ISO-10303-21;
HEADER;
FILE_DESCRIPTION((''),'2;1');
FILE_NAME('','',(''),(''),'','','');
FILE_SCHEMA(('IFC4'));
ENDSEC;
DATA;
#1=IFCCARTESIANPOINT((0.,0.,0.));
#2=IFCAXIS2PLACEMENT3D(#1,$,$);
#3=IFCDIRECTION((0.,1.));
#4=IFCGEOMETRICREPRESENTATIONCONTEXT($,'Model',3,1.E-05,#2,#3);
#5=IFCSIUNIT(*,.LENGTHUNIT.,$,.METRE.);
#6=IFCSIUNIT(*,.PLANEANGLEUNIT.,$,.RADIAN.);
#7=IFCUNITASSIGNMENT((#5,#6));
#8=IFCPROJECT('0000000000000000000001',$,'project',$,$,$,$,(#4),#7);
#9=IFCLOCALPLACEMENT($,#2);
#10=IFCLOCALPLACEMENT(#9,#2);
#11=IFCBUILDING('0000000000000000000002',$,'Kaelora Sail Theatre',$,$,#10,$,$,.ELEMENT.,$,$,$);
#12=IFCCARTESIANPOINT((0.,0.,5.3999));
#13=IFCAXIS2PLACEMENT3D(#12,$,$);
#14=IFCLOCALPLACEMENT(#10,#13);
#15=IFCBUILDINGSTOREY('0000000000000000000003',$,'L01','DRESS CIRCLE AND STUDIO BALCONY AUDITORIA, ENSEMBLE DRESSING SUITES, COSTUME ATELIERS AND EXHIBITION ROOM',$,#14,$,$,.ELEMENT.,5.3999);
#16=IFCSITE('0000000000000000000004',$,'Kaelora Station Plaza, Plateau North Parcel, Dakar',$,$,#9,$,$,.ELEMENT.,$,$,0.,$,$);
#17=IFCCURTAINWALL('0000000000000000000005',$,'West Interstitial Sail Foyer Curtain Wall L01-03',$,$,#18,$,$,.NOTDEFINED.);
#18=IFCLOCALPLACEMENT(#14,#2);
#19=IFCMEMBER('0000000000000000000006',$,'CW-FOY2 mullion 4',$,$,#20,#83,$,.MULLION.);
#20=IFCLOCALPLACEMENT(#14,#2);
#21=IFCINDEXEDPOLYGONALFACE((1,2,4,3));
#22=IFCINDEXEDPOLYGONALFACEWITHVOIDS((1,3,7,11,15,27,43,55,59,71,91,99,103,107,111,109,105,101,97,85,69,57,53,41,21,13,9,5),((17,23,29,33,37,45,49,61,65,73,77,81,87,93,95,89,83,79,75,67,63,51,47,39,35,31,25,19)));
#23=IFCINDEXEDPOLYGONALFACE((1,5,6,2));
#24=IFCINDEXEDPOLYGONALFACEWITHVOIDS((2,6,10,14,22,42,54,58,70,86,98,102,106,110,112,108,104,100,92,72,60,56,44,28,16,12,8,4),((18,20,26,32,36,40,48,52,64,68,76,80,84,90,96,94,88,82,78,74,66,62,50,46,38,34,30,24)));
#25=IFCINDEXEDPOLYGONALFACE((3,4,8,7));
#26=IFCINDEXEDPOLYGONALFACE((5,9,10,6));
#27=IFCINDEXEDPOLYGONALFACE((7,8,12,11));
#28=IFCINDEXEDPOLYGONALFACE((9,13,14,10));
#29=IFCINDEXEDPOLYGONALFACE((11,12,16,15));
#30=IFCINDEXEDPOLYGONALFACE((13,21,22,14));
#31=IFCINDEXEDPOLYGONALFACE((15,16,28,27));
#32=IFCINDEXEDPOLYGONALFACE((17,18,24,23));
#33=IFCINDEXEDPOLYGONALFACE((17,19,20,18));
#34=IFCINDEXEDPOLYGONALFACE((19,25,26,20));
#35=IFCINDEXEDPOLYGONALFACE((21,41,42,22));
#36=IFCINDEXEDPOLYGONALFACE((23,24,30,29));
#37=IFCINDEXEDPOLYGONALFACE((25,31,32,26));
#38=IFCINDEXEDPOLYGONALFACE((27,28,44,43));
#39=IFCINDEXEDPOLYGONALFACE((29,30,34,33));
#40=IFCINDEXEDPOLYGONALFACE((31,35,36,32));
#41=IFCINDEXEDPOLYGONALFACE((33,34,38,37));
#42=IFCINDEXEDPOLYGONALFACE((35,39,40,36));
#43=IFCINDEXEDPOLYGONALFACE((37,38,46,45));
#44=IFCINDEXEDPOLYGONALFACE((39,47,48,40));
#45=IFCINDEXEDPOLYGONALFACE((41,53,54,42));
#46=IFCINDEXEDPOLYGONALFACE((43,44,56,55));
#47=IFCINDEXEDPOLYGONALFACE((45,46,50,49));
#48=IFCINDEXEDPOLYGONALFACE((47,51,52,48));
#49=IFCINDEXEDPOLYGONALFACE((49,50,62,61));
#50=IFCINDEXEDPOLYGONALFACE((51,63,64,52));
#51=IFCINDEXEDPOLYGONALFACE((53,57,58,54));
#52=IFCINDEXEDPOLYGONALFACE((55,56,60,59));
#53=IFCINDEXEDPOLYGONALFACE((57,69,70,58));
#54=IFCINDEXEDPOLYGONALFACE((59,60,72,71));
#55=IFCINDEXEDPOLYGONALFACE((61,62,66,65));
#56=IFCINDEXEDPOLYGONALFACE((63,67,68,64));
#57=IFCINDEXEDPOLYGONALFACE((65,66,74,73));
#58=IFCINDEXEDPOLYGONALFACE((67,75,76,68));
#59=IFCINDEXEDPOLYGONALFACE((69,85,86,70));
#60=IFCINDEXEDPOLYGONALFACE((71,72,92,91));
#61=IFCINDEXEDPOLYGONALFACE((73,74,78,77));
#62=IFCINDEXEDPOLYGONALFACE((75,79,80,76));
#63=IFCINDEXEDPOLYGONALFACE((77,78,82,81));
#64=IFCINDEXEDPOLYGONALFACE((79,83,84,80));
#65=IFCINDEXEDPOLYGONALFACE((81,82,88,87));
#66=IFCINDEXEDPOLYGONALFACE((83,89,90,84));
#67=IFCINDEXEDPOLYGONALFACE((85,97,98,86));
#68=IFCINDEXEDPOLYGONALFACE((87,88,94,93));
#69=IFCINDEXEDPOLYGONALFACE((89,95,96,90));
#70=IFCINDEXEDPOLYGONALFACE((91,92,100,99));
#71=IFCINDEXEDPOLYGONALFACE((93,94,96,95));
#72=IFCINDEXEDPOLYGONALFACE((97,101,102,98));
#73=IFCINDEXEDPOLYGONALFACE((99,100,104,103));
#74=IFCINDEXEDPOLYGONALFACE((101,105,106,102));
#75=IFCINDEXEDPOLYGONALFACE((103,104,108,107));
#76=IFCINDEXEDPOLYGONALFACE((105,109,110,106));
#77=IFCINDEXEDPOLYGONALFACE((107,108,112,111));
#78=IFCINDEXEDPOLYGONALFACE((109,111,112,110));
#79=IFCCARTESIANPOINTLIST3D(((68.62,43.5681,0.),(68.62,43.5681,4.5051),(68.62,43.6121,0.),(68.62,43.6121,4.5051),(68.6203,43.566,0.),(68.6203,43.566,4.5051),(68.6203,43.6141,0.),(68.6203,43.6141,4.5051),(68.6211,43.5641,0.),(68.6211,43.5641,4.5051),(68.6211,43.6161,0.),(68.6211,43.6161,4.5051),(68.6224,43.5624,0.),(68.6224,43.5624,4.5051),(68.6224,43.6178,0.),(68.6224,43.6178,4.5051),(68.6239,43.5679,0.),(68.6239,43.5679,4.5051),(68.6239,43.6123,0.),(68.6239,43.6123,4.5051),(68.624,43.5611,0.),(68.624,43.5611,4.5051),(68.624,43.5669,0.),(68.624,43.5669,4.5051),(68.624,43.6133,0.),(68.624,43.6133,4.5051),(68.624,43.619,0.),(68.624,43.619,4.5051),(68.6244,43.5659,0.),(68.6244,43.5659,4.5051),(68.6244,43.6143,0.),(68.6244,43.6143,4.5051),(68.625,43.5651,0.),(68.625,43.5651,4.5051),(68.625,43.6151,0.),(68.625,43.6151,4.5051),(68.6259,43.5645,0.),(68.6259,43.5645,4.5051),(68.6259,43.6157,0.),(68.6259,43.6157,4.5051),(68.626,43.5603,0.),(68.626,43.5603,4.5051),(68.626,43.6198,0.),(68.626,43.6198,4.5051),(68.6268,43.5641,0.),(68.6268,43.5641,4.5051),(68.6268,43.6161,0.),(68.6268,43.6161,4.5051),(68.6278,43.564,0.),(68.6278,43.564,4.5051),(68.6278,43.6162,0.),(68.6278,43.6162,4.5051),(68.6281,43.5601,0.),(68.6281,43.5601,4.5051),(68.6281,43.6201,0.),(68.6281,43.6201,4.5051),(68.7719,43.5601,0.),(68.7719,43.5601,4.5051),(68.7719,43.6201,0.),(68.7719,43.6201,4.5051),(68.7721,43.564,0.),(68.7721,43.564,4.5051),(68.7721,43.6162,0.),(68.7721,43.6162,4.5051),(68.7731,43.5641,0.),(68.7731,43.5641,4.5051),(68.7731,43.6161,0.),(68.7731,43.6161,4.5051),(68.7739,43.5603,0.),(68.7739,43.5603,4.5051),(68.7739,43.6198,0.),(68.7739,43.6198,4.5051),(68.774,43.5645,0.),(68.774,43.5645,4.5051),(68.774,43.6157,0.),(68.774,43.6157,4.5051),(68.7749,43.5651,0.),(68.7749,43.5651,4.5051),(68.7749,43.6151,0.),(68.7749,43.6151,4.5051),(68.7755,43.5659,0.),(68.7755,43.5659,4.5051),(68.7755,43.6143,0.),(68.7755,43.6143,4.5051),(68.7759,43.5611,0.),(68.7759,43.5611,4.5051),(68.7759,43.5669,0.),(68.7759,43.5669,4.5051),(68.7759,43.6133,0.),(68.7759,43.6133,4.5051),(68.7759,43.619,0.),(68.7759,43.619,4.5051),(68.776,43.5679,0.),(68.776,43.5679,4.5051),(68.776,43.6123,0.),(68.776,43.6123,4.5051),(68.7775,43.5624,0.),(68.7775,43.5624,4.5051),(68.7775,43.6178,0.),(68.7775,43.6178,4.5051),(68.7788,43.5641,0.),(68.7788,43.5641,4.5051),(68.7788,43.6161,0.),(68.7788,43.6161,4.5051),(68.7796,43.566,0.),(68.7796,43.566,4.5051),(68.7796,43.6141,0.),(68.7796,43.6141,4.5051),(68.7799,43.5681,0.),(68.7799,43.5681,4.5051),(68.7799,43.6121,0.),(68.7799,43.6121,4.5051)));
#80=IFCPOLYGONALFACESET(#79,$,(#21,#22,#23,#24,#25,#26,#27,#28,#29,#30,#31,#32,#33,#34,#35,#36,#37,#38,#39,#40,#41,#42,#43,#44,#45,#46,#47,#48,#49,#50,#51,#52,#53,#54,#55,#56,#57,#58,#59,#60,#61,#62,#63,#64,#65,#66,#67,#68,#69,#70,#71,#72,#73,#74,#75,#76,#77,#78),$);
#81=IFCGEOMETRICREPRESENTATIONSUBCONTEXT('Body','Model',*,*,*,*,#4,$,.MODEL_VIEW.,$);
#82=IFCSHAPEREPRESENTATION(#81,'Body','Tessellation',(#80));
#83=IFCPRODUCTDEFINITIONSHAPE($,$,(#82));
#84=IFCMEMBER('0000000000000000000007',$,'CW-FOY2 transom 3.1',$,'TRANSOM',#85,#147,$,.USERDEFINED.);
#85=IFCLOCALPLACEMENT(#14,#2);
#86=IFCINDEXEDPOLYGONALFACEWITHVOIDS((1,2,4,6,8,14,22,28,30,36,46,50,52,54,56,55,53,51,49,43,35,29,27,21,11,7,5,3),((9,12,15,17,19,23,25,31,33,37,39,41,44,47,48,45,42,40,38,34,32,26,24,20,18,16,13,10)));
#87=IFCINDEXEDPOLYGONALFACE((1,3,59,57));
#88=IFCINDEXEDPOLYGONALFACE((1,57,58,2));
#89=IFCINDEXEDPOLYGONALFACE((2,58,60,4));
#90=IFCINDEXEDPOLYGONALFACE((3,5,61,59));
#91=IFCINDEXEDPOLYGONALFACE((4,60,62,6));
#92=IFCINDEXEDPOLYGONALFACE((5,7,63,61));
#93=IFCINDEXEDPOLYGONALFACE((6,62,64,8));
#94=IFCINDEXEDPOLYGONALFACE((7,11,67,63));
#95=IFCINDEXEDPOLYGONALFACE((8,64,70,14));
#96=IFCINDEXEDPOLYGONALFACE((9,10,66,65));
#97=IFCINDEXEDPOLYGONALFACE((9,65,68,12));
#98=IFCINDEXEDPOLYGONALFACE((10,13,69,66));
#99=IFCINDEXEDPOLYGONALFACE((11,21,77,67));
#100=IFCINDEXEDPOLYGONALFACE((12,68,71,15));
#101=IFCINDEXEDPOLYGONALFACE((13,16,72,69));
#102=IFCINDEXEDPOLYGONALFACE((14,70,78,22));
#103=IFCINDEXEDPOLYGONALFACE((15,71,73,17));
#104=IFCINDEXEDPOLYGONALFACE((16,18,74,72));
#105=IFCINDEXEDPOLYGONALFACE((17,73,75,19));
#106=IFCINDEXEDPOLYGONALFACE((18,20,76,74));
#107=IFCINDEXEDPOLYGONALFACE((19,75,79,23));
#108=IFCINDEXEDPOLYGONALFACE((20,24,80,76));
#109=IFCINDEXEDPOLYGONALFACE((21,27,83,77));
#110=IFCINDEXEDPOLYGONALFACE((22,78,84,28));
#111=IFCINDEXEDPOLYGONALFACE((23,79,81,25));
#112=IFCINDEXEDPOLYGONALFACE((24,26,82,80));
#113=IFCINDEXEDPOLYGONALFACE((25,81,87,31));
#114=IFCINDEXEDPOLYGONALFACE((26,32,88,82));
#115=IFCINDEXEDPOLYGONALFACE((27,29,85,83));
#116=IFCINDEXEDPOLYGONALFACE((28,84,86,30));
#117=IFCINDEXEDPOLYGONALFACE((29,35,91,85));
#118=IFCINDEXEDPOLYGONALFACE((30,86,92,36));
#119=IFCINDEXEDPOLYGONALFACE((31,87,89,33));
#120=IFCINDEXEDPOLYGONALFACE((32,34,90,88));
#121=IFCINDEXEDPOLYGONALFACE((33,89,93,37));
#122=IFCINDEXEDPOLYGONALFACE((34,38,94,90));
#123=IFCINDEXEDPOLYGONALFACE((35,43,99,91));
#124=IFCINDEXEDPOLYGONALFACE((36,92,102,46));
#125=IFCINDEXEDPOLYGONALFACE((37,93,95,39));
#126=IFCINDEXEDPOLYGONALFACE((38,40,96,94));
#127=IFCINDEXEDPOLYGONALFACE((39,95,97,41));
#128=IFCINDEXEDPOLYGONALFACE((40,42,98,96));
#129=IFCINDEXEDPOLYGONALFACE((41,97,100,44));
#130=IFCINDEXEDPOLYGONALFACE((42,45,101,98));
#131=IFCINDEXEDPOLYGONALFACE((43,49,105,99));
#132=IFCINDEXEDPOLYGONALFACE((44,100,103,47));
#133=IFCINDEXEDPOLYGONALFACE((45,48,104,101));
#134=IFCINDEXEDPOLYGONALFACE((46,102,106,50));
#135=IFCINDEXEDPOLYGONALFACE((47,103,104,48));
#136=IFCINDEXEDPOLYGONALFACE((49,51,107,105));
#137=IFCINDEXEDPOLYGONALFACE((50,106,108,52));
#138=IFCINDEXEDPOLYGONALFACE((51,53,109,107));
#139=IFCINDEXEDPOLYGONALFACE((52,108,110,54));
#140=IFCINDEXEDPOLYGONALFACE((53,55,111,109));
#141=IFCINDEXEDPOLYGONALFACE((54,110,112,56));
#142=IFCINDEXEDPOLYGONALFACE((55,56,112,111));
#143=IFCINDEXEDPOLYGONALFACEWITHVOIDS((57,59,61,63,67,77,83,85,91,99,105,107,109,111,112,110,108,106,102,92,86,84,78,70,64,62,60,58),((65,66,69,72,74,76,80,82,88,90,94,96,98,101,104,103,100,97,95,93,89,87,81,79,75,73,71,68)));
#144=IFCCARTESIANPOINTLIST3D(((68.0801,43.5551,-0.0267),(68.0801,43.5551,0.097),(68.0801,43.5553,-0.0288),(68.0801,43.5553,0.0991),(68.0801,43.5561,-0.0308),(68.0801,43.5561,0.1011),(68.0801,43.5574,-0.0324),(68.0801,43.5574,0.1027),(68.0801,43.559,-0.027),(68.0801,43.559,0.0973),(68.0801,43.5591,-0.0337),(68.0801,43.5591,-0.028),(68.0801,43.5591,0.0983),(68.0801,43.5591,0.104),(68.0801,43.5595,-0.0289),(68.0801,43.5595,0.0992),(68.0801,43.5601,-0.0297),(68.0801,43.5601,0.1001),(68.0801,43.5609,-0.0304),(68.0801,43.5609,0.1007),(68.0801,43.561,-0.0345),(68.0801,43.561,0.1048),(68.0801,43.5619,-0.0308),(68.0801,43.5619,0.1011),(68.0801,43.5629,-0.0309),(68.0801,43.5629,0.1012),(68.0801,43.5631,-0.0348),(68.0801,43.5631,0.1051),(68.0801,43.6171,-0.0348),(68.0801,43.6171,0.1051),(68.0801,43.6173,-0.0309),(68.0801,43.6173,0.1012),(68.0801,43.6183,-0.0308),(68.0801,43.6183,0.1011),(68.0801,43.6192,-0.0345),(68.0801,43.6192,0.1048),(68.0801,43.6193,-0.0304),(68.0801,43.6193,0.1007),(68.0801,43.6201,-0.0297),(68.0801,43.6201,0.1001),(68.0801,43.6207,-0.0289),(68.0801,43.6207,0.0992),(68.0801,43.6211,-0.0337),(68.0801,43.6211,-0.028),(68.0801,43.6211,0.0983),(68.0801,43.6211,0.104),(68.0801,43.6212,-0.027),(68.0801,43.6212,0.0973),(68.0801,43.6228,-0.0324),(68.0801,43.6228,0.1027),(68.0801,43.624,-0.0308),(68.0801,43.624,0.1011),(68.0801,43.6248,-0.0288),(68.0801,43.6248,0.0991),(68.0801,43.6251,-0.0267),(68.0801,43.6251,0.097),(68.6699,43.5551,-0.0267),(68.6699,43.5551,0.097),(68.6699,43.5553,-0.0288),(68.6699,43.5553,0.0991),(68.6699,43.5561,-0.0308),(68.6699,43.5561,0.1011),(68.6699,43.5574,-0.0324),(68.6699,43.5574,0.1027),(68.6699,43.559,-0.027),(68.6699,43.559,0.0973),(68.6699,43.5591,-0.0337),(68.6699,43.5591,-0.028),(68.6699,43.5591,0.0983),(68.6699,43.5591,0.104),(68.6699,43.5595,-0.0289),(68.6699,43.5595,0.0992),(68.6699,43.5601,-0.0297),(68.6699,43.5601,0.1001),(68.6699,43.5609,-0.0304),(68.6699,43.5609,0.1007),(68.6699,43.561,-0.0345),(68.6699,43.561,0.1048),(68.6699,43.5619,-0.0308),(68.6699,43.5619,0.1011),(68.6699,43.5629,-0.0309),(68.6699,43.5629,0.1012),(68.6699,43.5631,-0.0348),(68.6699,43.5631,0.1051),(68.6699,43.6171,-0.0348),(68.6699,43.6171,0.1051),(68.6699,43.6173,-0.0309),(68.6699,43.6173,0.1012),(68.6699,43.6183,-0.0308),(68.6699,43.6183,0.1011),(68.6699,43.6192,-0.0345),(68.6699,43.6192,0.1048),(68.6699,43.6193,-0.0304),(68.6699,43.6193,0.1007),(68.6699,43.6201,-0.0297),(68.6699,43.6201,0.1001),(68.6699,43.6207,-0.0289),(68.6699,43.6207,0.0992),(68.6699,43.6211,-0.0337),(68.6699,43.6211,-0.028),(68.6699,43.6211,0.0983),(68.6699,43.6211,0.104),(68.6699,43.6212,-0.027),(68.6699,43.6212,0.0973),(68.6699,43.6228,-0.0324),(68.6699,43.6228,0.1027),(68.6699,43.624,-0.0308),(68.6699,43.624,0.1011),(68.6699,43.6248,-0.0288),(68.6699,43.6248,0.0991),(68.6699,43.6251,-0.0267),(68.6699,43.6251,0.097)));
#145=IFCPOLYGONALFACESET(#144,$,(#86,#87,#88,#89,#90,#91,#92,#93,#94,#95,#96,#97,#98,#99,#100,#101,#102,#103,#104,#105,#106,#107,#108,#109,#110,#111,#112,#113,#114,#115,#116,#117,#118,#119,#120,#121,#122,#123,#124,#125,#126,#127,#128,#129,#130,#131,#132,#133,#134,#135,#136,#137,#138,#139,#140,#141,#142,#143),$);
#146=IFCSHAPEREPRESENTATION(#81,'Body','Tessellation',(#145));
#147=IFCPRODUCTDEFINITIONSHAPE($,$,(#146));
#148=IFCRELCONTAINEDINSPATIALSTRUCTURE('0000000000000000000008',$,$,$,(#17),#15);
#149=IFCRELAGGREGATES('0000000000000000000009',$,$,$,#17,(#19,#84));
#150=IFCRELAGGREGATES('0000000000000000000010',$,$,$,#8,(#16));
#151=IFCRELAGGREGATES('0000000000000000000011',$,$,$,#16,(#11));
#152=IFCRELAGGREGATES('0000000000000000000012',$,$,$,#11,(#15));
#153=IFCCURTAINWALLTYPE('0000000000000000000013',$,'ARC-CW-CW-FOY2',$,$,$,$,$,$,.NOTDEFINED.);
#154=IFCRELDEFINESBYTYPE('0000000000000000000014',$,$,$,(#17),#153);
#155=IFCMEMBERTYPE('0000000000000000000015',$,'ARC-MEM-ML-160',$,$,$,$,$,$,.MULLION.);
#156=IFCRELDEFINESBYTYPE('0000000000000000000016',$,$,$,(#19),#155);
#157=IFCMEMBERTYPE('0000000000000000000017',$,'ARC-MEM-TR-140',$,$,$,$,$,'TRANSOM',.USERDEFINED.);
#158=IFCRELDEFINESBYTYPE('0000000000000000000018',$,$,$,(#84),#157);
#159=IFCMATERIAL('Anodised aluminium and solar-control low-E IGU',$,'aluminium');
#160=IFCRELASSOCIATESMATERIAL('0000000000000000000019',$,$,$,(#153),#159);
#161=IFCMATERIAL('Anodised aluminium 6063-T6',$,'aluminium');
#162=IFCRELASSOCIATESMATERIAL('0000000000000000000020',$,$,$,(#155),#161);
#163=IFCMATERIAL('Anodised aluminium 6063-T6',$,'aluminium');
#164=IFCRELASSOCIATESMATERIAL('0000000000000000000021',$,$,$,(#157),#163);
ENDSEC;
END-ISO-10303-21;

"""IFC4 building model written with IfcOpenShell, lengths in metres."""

from ifc_helpers import new_model, si_unit, direction, frame, origin, origin_2d, place, context, subcontext, project, spatial, hollow_rectangle, extrude, material, material_profile, profile_set, type_object, element, aggregate, save


model = new_model("IFC4")

# Units and contexts
model_context = context("Model", 3, precision=1e-05, world=origin(), true_north=direction((0.0, 1.0)))
body_context = subcontext(model_context, "Body", "Model", "MODEL_VIEW")
ifc_project = project(units=[si_unit("LENGTHUNIT", "METRE"), si_unit("PLANEANGLEUNIT", "RADIAN")], contexts=[model_context])

# Site, building, storey
site_placement = place(None, origin())
site = spatial("IfcSite", under=ifc_project, at=site_placement, Name="Kaelora Station Plaza, Plateau North Parcel, Dakar", CompositionType="ELEMENT", RefElevation=0.0)
building_placement = place(site_placement, origin())
building = spatial("IfcBuilding", under=site, at=building_placement, Name="Kaelora Sail Theatre", CompositionType="ELEMENT")
storey_placement = place(building_placement, frame((0.0, 0.0, 5.3999)))
storey = spatial("IfcBuildingStorey", under=building, at=storey_placement, Name="L01", Description="DRESS CIRCLE AND STUDIO BALCONY AUDITORIA, ENSEMBLE DRESSING SUITES, COSTUME ATELIERS AND EXHIBITION ROOM", CompositionType="ELEMENT", Elevation=5.3999)

# Curtain wall, members
ifc_material_1 = material(Name="Anodised aluminium and solar-control low-E IGU", Category="aluminium")
curtain_wall_type = type_object("IfcCurtainWallType", Name="ARC-CW-CW-FOY2", PredefinedType="NOTDEFINED", material=ifc_material_1)
curtain_wall_placement = place(storey_placement, origin())
curtain_wall = element("IfcCurtainWall", 1, at=curtain_wall_placement, inside=storey, type_object=curtain_wall_type, Name="West Interstitial Sail Foyer Curtain Wall L01-03", PredefinedType="NOTDEFINED")
ifc_material_2 = material(Name="Anodised aluminium 6063-T6", Category="aluminium")
ifc_material_profile_1 = material_profile(ifc_material_2, hollow_rectangle(XDim=0.0601, YDim=0.1599, WallThickness=0.0039, InnerFilletRadius=0.0039, OuterFilletRadius=0.0081, at=origin_2d()), Name="ALU-MULL 60x160x4")
ifc_profile_set_1 = profile_set([ifc_material_profile_1], Name="Anodised aluminium 6063-T6")
member_type_1 = type_object("IfcMemberType", Name="ARC-MEM-ML-160", PredefinedType="MULLION", material=ifc_profile_set_1)
member_1_placement = place(storey_placement, frame((68.7, 43.5901, 0.0), z_axis=(0.0, 0.0, 1.0), x_axis=(0.0, 1.0, 0.0)))
member_1 = element("IfcMember", 2, at=member_1_placement, type_object=member_type_1, Name="CW-FOY2 mullion 4", PredefinedType="MULLION", context=body_context, shape_type="SweptSolid", body=[
    extrude(hollow_rectangle(XDim=0.0601, YDim=0.1599, WallThickness=0.0039, InnerFilletRadius=0.0039, OuterFilletRadius=0.0081, at=origin_2d()), origin(), (0.0, 0.0, 1.0), 4.5051),
])
ifc_material_3 = material(Name="Anodised aluminium 6063-T6", Category="aluminium")
ifc_material_profile_2 = material_profile(ifc_material_3, hollow_rectangle(XDim=0.0701, YDim=0.1399, WallThickness=0.0039, InnerFilletRadius=0.0039, OuterFilletRadius=0.0081, at=origin_2d()), Name="ALU-TRAN 70x140x4")
ifc_profile_set_2 = profile_set([ifc_material_profile_2], Name="Anodised aluminium 6063-T6")
member_type_2 = type_object("IfcMemberType", Name="ARC-MEM-TR-140", ElementType="TRANSOM", PredefinedType="USERDEFINED", material=ifc_profile_set_2)
member_2_placement = place(storey_placement, frame((68.0801, 43.5901, 0.0352), z_axis=(1.0, 0.0, 0.0), x_axis=(0.0, 1.0, 0.0)))
member_2 = element("IfcMember", 3, at=member_2_placement, type_object=member_type_2, Name="CW-FOY2 transom 3.1", ObjectType="TRANSOM", PredefinedType="USERDEFINED", context=body_context, shape_type="SweptSolid", body=[
    extrude(hollow_rectangle(XDim=0.0701, YDim=0.1399, WallThickness=0.0039, InnerFilletRadius=0.0039, OuterFilletRadius=0.0081, at=origin_2d()), origin(), (0.0, 0.0, 1.0), 0.5898),
])

aggregate(curtain_wall, [member_1, member_2])

save(model, "model.ifc")
